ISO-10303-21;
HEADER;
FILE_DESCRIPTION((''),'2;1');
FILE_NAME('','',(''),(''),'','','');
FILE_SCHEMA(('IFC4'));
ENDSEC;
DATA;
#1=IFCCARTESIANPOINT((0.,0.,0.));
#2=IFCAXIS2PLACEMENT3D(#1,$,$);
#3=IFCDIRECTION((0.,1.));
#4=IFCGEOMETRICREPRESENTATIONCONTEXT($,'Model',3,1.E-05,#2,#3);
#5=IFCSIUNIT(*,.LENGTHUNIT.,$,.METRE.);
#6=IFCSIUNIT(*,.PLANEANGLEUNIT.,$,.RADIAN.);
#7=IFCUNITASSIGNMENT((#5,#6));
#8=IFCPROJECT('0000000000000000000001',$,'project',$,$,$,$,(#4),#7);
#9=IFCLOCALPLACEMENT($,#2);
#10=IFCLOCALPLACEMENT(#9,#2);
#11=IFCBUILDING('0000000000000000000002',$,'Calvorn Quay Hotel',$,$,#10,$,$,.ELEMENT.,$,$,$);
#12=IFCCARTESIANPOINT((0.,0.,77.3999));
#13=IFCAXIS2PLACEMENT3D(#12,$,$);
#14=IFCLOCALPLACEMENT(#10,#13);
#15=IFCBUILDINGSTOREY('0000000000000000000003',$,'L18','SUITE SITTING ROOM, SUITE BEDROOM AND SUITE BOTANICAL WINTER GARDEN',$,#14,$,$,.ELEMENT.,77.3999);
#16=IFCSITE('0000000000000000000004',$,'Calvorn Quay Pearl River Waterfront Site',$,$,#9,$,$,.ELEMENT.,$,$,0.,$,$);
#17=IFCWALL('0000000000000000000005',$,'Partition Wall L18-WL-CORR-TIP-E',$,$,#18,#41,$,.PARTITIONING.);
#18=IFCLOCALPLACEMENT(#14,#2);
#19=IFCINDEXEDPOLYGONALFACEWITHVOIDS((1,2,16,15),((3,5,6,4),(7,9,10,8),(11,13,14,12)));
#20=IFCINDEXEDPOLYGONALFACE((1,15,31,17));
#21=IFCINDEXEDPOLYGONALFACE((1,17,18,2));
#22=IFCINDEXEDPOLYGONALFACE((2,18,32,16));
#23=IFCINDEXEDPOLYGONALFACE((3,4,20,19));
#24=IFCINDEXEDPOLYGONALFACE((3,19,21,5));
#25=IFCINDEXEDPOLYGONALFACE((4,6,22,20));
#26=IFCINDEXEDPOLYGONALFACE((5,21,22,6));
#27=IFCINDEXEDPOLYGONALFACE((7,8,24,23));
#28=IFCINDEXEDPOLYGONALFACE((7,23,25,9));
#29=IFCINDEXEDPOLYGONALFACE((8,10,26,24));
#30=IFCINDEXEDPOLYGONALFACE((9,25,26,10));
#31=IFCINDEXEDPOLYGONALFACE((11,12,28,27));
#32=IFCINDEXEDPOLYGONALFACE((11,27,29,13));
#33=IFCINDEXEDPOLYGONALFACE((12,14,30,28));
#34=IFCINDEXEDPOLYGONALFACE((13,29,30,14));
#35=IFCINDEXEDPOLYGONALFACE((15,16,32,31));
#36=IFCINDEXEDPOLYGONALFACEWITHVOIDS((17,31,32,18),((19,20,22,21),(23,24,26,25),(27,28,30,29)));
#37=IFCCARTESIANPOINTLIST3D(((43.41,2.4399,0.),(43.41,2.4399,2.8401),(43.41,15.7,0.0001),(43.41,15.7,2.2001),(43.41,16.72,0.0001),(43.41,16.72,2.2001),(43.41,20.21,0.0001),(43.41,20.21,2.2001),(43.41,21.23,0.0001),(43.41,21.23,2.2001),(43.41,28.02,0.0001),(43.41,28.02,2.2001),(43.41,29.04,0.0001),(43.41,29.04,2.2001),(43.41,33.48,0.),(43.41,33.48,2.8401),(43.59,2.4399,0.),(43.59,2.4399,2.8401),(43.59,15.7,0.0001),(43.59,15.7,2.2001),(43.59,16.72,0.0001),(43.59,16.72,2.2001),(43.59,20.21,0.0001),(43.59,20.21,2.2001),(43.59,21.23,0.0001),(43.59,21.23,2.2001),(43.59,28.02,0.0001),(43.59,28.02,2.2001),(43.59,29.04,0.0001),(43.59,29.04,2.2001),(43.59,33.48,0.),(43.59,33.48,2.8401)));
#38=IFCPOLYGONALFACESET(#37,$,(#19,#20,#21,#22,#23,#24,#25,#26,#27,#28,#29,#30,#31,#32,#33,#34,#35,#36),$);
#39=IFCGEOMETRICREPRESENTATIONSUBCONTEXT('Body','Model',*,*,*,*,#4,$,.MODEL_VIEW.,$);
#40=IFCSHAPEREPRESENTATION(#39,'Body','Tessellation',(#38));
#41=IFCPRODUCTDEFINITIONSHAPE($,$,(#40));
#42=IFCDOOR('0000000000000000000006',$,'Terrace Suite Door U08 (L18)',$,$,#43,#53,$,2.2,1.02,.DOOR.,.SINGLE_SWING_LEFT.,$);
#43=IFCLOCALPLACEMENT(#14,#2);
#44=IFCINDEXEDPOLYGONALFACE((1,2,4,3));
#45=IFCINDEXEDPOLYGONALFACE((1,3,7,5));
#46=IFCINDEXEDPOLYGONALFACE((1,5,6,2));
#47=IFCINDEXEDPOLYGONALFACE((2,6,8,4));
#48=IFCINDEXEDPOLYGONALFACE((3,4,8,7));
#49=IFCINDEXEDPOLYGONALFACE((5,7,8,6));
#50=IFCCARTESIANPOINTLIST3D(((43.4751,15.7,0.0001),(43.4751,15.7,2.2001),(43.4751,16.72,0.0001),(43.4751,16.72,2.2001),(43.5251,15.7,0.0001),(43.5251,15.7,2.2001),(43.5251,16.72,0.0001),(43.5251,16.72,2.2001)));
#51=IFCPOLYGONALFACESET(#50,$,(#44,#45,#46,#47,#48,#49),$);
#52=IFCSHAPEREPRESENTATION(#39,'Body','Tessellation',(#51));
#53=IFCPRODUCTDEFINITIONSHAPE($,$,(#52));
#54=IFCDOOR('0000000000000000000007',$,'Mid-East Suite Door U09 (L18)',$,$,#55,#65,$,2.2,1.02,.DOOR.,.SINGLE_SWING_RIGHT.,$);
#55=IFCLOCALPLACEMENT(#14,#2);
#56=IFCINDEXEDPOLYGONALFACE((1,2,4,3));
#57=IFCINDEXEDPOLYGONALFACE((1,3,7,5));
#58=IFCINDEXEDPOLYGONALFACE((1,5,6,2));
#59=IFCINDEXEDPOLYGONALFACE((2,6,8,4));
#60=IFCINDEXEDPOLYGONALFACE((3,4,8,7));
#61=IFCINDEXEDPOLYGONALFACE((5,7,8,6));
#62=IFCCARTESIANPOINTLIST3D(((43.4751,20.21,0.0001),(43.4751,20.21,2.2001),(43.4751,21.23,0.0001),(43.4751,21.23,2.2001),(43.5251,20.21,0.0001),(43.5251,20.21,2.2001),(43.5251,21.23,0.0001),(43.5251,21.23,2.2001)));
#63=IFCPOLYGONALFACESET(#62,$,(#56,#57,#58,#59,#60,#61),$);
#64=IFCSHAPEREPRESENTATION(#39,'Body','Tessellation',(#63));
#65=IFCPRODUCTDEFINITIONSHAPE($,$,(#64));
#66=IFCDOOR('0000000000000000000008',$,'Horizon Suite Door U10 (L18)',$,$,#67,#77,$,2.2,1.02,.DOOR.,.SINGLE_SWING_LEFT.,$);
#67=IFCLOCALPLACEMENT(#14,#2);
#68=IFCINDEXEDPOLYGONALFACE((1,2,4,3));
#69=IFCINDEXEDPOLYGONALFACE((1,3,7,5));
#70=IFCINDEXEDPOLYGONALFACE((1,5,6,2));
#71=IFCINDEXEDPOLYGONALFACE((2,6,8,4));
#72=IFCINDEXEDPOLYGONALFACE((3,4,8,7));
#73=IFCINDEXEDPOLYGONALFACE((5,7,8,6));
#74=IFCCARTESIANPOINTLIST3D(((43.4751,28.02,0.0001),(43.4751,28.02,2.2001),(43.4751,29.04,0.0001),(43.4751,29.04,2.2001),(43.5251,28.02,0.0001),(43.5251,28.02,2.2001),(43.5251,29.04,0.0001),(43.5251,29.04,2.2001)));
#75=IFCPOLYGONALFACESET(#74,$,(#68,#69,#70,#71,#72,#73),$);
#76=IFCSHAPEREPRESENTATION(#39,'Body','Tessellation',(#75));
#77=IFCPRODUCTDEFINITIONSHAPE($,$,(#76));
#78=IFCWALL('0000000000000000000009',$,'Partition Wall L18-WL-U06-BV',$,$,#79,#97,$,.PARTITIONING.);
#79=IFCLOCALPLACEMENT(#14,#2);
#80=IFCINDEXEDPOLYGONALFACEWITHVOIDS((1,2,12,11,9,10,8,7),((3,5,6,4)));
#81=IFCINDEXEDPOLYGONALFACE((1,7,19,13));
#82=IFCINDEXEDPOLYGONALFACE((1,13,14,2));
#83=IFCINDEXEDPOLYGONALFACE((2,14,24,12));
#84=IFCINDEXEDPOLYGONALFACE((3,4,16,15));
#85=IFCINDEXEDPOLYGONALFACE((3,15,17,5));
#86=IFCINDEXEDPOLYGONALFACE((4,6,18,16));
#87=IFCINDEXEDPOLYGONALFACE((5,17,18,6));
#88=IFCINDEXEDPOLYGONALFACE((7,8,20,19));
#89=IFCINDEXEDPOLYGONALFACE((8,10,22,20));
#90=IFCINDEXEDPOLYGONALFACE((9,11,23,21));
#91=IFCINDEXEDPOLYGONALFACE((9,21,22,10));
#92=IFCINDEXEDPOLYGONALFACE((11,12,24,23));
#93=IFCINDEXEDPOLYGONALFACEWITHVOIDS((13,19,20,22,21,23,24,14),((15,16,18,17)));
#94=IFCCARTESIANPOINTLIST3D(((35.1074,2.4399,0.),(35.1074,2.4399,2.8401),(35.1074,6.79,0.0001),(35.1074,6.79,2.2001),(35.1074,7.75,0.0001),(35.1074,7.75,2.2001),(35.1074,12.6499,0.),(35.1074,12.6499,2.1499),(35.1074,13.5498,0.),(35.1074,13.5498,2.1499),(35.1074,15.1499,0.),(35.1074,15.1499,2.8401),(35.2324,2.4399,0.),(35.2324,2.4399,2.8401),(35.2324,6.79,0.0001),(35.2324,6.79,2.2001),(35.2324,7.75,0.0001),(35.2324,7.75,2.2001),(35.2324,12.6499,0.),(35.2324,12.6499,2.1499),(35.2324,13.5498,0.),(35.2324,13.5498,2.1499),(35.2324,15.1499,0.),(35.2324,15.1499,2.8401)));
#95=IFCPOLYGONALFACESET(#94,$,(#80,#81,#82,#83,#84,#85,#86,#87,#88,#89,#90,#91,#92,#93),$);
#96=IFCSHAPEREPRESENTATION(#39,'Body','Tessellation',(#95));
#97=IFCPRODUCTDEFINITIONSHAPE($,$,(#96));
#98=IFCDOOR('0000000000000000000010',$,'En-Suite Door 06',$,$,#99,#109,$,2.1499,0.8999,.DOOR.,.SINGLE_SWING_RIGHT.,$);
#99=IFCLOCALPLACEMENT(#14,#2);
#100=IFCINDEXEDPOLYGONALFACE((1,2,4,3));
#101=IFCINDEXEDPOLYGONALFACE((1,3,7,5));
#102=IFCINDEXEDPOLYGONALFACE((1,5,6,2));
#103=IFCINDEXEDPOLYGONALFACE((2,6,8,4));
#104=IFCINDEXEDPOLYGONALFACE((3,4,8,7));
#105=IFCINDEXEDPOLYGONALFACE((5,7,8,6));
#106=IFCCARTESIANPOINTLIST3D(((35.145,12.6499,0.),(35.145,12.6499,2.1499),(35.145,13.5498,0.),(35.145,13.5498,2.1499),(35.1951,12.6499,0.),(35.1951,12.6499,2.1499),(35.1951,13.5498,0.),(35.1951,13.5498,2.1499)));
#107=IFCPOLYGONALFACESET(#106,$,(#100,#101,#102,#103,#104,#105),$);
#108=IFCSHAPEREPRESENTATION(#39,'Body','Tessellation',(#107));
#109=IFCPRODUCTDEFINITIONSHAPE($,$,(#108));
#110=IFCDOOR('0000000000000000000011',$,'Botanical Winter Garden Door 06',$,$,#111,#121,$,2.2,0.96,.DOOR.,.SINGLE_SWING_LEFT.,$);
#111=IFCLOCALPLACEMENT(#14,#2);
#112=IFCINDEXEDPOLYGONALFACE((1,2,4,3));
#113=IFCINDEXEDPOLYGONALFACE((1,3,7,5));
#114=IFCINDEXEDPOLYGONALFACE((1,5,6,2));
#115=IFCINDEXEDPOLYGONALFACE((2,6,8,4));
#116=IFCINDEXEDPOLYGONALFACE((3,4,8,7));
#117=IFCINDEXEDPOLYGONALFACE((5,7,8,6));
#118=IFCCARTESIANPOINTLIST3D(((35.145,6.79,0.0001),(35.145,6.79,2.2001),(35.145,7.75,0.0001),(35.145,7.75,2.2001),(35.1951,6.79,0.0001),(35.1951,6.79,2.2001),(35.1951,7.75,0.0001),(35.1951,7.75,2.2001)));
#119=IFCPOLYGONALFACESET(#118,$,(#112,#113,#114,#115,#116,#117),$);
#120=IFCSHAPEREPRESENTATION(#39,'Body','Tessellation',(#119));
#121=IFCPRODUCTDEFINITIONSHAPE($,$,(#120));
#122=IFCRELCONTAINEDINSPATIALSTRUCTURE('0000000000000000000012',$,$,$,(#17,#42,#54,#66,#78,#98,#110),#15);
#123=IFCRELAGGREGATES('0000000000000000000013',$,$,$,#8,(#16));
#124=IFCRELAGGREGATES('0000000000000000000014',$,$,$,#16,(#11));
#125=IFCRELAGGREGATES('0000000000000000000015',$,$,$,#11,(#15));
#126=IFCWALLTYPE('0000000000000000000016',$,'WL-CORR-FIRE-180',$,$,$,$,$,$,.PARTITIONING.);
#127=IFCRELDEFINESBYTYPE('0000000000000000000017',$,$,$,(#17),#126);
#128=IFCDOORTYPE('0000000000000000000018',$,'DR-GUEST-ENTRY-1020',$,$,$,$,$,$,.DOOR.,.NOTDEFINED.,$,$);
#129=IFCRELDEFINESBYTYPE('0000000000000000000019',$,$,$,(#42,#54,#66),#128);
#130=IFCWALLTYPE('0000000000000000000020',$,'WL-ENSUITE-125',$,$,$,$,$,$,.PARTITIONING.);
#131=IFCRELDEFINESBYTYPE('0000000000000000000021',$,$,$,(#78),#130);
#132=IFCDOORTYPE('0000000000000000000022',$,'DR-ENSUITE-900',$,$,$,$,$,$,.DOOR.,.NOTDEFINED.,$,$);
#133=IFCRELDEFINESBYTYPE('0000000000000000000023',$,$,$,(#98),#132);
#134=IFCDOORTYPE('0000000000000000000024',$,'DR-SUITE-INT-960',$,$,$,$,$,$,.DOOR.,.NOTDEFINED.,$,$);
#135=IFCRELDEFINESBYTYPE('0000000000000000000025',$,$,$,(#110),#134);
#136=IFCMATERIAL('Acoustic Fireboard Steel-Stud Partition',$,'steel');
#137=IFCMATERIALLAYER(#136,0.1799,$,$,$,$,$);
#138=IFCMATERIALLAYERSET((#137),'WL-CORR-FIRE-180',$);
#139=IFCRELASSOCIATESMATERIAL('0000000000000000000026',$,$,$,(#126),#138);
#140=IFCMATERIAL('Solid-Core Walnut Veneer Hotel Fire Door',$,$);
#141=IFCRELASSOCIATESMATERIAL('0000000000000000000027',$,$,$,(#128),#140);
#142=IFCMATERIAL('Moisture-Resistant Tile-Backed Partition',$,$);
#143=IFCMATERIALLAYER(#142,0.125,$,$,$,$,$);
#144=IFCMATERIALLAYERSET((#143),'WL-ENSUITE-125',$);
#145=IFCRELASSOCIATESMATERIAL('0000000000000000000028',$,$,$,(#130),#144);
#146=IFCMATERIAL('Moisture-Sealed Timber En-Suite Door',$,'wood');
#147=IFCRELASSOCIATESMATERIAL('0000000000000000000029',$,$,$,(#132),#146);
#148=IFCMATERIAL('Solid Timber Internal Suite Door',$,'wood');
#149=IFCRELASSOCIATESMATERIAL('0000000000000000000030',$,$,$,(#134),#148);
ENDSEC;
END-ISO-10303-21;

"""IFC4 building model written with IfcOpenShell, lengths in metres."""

from ifc_helpers import new_model, si_unit, direction, frame, frame_2d, origin, place, context, subcontext, project, spatial, rectangle, extrude, material, layer, layer_set, type_object, element, fill, save


model = new_model("IFC4")

# Units and contexts
model_context = context("Model", 3, precision=1e-05, world=origin(), true_north=direction((0.0, 1.0)))
body_context = subcontext(model_context, "Body", "Model", "MODEL_VIEW")
ifc_project = project(units=[si_unit("LENGTHUNIT", "METRE"), si_unit("PLANEANGLEUNIT", "RADIAN")], contexts=[model_context])

# Site, building, storey
site_placement = place(None, origin())
site = spatial("IfcSite", under=ifc_project, at=site_placement, Name="Calvorn Quay Pearl River Waterfront Site", CompositionType="ELEMENT", RefElevation=0.0)
building_placement = place(site_placement, origin())
building = spatial("IfcBuilding", under=site, at=building_placement, Name="Calvorn Quay Hotel", CompositionType="ELEMENT")
storey_placement = place(building_placement, frame((0.0, 0.0, 77.3999)))
storey = spatial("IfcBuildingStorey", under=building, at=storey_placement, Name="L18", Description="SUITE SITTING ROOM, SUITE BEDROOM AND SUITE BOTANICAL WINTER GARDEN", CompositionType="ELEMENT", Elevation=77.3999)

# Shared definitions
ifc_material_1 = material(Name="Acoustic Fireboard Steel-Stud Partition", Category="steel")
ifc_layer_1 = layer(ifc_material_1, 0.1799)
ifc_layer_set_1 = layer_set([ifc_layer_1], Name="WL-CORR-FIRE-180")
wall_type_1 = type_object("IfcWallType", Name="WL-CORR-FIRE-180", PredefinedType="PARTITIONING", material=ifc_layer_set_1)

# Walls, openings, doors
wall_1_placement = place(storey_placement, frame((43.5, 2.4399, 0.0), z_axis=(0.0, 0.0, 1.0), x_axis=(0.0, 1.0, 0.0)))
wall_1 = element("IfcWall", 1, at=wall_1_placement, inside=storey, type_object=wall_type_1, Name="Partition Wall L18-WL-CORR-TIP-E", PredefinedType="PARTITIONING", context=body_context, shape_type="SweptSolid", body=[
    extrude(rectangle(XDim=31.04, YDim=0.1799, at=frame_2d((15.52, 0.0))), origin(), (0.0, 0.0, 1.0), 2.8401),
])
opening_1_placement = place(wall_1_placement, frame((13.26, 0.0, 0.0)))
opening_1 = element("IfcOpeningElement", 2, at=opening_1_placement, cuts=wall_1, PredefinedType="OPENING", context=body_context, shape_type="SweptSolid", body=[
    extrude(rectangle(XDim=1.02, YDim=2.2, at=frame_2d((0.51, 1.1001))), frame((0.0, 0.0999, 0.0), z_axis=(0.0, -1.0, 0.0), x_axis=(1.0, 0.0, 0.0)), (0.0, 0.0, 1.0), 0.2),
])
opening_2_placement = place(wall_1_placement, frame((17.77, 0.0, 0.0)))
opening_2 = element("IfcOpeningElement", 3, at=opening_2_placement, cuts=wall_1, PredefinedType="OPENING", context=body_context, shape_type="SweptSolid", body=[
    extrude(rectangle(XDim=1.02, YDim=2.2, at=frame_2d((0.51, 1.1001))), frame((0.0, 0.0999, 0.0), z_axis=(0.0, -1.0, 0.0), x_axis=(1.0, 0.0, 0.0)), (0.0, 0.0, 1.0), 0.2),
])
opening_3_placement = place(wall_1_placement, frame((25.5801, 0.0, 0.0)))
opening_3 = element("IfcOpeningElement", 4, at=opening_3_placement, cuts=wall_1, PredefinedType="OPENING", context=body_context, shape_type="SweptSolid", body=[
    extrude(rectangle(XDim=1.02, YDim=2.2, at=frame_2d((0.51, 1.1001))), frame((0.0, 0.0999, 0.0), z_axis=(0.0, -1.0, 0.0), x_axis=(1.0, 0.0, 0.0)), (0.0, 0.0, 1.0), 0.2),
])
ifc_material_2 = material(Name="Solid-Core Walnut Veneer Hotel Fire Door")
door_type_1 = type_object("IfcDoorType", Name="DR-GUEST-ENTRY-1020", OperationType="NOTDEFINED", PredefinedType="DOOR", material=ifc_material_2)
door_1_placement = place(opening_1_placement, origin())
door_1 = element("IfcDoor", 5, at=door_1_placement, inside=storey, type_object=door_type_1, Name="Terrace Suite Door U08 (L18)", OperationType="SINGLE_SWING_LEFT", OverallHeight=2.2, OverallWidth=1.02, PredefinedType="DOOR", context=body_context, shape_type="SweptSolid", body=[
    extrude(rectangle(XDim=1.02, YDim=2.2, at=frame_2d((0.51, 1.1001))), frame((0.0, 0.0249, 0.0), z_axis=(0.0, -1.0, 0.0), x_axis=(1.0, 0.0, 0.0)), (0.0, 0.0, 1.0), 0.05),
])
fill(opening_1, door_1)
door_2_placement = place(opening_2_placement, origin())
door_2 = element("IfcDoor", 6, at=door_2_placement, inside=storey, type_object=door_type_1, Name="Mid-East Suite Door U09 (L18)", OperationType="SINGLE_SWING_RIGHT", OverallHeight=2.2, OverallWidth=1.02, PredefinedType="DOOR", context=body_context, shape_type="SweptSolid", body=[
    extrude(rectangle(XDim=1.02, YDim=2.2, at=frame_2d((0.51, 1.1001))), frame((0.0, 0.0249, 0.0), z_axis=(0.0, -1.0, 0.0), x_axis=(1.0, 0.0, 0.0)), (0.0, 0.0, 1.0), 0.05),
])
fill(opening_2, door_2)
door_3_placement = place(opening_3_placement, origin())
door_3 = element("IfcDoor", 7, at=door_3_placement, inside=storey, type_object=door_type_1, Name="Horizon Suite Door U10 (L18)", OperationType="SINGLE_SWING_LEFT", OverallHeight=2.2, OverallWidth=1.02, PredefinedType="DOOR", context=body_context, shape_type="SweptSolid", body=[
    extrude(rectangle(XDim=1.02, YDim=2.2, at=frame_2d((0.51, 1.1001))), frame((0.0, 0.0249, 0.0), z_axis=(0.0, -1.0, 0.0), x_axis=(1.0, 0.0, 0.0)), (0.0, 0.0, 1.0), 0.05),
])
fill(opening_3, door_3)
ifc_material_3 = material(Name="Moisture-Resistant Tile-Backed Partition")
ifc_layer_2 = layer(ifc_material_3, 0.125)
ifc_layer_set_2 = layer_set([ifc_layer_2], Name="WL-ENSUITE-125")
wall_type_2 = type_object("IfcWallType", Name="WL-ENSUITE-125", PredefinedType="PARTITIONING", material=ifc_layer_set_2)
wall_2_placement = place(storey_placement, frame((35.1699, 2.4399, 0.0), z_axis=(0.0, 0.0, 1.0), x_axis=(0.0, 1.0, 0.0)))
wall_2 = element("IfcWall", 8, at=wall_2_placement, inside=storey, type_object=wall_type_2, Name="Partition Wall L18-WL-U06-BV", PredefinedType="PARTITIONING", context=body_context, shape_type="SweptSolid", body=[
    extrude(rectangle(XDim=12.71, YDim=0.125, at=frame_2d((6.355, 0.0))), origin(), (0.0, 0.0, 1.0), 2.8401),
])
opening_4_placement = place(wall_2_placement, frame((4.3501, 0.0, 0.0)))
opening_4 = element("IfcOpeningElement", 9, at=opening_4_placement, cuts=wall_2, PredefinedType="OPENING", context=body_context, shape_type="SweptSolid", body=[
    extrude(rectangle(XDim=0.96, YDim=2.2, at=frame_2d((0.48, 1.1001))), frame((0.0, 0.0725, 0.0), z_axis=(0.0, -1.0, 0.0), x_axis=(1.0, 0.0, 0.0)), (0.0, 0.0, 1.0), 0.145),
])
opening_5_placement = place(wall_2_placement, frame((10.21, 0.0, 0.0)))
opening_5 = element("IfcOpeningElement", 10, at=opening_5_placement, cuts=wall_2, PredefinedType="OPENING", context=body_context, shape_type="SweptSolid", body=[
    extrude(rectangle(XDim=0.8999, YDim=2.1499, at=frame_2d((0.45, 1.075))), frame((0.0, 0.0725, 0.0), z_axis=(0.0, -1.0, 0.0), x_axis=(1.0, 0.0, 0.0)), (0.0, 0.0, 1.0), 0.145),
])
ifc_material_4 = material(Name="Moisture-Sealed Timber En-Suite Door", Category="wood")
door_type_2 = type_object("IfcDoorType", Name="DR-ENSUITE-900", OperationType="NOTDEFINED", PredefinedType="DOOR", material=ifc_material_4)
door_4_placement = place(opening_5_placement, origin())
door_4 = element("IfcDoor", 11, at=door_4_placement, inside=storey, type_object=door_type_2, Name="En-Suite Door 06", OperationType="SINGLE_SWING_RIGHT", OverallHeight=2.1499, OverallWidth=0.8999, PredefinedType="DOOR", context=body_context, shape_type="SweptSolid", body=[
    extrude(rectangle(XDim=0.8999, YDim=2.1499, at=frame_2d((0.45, 1.075))), frame((0.0, 0.0249, 0.0), z_axis=(0.0, -1.0, 0.0), x_axis=(1.0, 0.0, 0.0)), (0.0, 0.0, 1.0), 0.05),
])
fill(opening_5, door_4)
ifc_material_5 = material(Name="Solid Timber Internal Suite Door", Category="wood")
door_type_3 = type_object("IfcDoorType", Name="DR-SUITE-INT-960", OperationType="NOTDEFINED", PredefinedType="DOOR", material=ifc_material_5)
door_5_placement = place(opening_4_placement, origin())
door_5 = element("IfcDoor", 12, at=door_5_placement, inside=storey, type_object=door_type_3, Name="Botanical Winter Garden Door 06", OperationType="SINGLE_SWING_LEFT", OverallHeight=2.2, OverallWidth=0.96, PredefinedType="DOOR", context=body_context, shape_type="SweptSolid", body=[
    extrude(rectangle(XDim=0.96, YDim=2.2, at=frame_2d((0.48, 1.1001))), frame((0.0, 0.0249, 0.0), z_axis=(0.0, -1.0, 0.0), x_axis=(1.0, 0.0, 0.0)), (0.0, 0.0, 1.0), 0.05),
])
fill(opening_4, door_5)

save(model, "model.ifc")
